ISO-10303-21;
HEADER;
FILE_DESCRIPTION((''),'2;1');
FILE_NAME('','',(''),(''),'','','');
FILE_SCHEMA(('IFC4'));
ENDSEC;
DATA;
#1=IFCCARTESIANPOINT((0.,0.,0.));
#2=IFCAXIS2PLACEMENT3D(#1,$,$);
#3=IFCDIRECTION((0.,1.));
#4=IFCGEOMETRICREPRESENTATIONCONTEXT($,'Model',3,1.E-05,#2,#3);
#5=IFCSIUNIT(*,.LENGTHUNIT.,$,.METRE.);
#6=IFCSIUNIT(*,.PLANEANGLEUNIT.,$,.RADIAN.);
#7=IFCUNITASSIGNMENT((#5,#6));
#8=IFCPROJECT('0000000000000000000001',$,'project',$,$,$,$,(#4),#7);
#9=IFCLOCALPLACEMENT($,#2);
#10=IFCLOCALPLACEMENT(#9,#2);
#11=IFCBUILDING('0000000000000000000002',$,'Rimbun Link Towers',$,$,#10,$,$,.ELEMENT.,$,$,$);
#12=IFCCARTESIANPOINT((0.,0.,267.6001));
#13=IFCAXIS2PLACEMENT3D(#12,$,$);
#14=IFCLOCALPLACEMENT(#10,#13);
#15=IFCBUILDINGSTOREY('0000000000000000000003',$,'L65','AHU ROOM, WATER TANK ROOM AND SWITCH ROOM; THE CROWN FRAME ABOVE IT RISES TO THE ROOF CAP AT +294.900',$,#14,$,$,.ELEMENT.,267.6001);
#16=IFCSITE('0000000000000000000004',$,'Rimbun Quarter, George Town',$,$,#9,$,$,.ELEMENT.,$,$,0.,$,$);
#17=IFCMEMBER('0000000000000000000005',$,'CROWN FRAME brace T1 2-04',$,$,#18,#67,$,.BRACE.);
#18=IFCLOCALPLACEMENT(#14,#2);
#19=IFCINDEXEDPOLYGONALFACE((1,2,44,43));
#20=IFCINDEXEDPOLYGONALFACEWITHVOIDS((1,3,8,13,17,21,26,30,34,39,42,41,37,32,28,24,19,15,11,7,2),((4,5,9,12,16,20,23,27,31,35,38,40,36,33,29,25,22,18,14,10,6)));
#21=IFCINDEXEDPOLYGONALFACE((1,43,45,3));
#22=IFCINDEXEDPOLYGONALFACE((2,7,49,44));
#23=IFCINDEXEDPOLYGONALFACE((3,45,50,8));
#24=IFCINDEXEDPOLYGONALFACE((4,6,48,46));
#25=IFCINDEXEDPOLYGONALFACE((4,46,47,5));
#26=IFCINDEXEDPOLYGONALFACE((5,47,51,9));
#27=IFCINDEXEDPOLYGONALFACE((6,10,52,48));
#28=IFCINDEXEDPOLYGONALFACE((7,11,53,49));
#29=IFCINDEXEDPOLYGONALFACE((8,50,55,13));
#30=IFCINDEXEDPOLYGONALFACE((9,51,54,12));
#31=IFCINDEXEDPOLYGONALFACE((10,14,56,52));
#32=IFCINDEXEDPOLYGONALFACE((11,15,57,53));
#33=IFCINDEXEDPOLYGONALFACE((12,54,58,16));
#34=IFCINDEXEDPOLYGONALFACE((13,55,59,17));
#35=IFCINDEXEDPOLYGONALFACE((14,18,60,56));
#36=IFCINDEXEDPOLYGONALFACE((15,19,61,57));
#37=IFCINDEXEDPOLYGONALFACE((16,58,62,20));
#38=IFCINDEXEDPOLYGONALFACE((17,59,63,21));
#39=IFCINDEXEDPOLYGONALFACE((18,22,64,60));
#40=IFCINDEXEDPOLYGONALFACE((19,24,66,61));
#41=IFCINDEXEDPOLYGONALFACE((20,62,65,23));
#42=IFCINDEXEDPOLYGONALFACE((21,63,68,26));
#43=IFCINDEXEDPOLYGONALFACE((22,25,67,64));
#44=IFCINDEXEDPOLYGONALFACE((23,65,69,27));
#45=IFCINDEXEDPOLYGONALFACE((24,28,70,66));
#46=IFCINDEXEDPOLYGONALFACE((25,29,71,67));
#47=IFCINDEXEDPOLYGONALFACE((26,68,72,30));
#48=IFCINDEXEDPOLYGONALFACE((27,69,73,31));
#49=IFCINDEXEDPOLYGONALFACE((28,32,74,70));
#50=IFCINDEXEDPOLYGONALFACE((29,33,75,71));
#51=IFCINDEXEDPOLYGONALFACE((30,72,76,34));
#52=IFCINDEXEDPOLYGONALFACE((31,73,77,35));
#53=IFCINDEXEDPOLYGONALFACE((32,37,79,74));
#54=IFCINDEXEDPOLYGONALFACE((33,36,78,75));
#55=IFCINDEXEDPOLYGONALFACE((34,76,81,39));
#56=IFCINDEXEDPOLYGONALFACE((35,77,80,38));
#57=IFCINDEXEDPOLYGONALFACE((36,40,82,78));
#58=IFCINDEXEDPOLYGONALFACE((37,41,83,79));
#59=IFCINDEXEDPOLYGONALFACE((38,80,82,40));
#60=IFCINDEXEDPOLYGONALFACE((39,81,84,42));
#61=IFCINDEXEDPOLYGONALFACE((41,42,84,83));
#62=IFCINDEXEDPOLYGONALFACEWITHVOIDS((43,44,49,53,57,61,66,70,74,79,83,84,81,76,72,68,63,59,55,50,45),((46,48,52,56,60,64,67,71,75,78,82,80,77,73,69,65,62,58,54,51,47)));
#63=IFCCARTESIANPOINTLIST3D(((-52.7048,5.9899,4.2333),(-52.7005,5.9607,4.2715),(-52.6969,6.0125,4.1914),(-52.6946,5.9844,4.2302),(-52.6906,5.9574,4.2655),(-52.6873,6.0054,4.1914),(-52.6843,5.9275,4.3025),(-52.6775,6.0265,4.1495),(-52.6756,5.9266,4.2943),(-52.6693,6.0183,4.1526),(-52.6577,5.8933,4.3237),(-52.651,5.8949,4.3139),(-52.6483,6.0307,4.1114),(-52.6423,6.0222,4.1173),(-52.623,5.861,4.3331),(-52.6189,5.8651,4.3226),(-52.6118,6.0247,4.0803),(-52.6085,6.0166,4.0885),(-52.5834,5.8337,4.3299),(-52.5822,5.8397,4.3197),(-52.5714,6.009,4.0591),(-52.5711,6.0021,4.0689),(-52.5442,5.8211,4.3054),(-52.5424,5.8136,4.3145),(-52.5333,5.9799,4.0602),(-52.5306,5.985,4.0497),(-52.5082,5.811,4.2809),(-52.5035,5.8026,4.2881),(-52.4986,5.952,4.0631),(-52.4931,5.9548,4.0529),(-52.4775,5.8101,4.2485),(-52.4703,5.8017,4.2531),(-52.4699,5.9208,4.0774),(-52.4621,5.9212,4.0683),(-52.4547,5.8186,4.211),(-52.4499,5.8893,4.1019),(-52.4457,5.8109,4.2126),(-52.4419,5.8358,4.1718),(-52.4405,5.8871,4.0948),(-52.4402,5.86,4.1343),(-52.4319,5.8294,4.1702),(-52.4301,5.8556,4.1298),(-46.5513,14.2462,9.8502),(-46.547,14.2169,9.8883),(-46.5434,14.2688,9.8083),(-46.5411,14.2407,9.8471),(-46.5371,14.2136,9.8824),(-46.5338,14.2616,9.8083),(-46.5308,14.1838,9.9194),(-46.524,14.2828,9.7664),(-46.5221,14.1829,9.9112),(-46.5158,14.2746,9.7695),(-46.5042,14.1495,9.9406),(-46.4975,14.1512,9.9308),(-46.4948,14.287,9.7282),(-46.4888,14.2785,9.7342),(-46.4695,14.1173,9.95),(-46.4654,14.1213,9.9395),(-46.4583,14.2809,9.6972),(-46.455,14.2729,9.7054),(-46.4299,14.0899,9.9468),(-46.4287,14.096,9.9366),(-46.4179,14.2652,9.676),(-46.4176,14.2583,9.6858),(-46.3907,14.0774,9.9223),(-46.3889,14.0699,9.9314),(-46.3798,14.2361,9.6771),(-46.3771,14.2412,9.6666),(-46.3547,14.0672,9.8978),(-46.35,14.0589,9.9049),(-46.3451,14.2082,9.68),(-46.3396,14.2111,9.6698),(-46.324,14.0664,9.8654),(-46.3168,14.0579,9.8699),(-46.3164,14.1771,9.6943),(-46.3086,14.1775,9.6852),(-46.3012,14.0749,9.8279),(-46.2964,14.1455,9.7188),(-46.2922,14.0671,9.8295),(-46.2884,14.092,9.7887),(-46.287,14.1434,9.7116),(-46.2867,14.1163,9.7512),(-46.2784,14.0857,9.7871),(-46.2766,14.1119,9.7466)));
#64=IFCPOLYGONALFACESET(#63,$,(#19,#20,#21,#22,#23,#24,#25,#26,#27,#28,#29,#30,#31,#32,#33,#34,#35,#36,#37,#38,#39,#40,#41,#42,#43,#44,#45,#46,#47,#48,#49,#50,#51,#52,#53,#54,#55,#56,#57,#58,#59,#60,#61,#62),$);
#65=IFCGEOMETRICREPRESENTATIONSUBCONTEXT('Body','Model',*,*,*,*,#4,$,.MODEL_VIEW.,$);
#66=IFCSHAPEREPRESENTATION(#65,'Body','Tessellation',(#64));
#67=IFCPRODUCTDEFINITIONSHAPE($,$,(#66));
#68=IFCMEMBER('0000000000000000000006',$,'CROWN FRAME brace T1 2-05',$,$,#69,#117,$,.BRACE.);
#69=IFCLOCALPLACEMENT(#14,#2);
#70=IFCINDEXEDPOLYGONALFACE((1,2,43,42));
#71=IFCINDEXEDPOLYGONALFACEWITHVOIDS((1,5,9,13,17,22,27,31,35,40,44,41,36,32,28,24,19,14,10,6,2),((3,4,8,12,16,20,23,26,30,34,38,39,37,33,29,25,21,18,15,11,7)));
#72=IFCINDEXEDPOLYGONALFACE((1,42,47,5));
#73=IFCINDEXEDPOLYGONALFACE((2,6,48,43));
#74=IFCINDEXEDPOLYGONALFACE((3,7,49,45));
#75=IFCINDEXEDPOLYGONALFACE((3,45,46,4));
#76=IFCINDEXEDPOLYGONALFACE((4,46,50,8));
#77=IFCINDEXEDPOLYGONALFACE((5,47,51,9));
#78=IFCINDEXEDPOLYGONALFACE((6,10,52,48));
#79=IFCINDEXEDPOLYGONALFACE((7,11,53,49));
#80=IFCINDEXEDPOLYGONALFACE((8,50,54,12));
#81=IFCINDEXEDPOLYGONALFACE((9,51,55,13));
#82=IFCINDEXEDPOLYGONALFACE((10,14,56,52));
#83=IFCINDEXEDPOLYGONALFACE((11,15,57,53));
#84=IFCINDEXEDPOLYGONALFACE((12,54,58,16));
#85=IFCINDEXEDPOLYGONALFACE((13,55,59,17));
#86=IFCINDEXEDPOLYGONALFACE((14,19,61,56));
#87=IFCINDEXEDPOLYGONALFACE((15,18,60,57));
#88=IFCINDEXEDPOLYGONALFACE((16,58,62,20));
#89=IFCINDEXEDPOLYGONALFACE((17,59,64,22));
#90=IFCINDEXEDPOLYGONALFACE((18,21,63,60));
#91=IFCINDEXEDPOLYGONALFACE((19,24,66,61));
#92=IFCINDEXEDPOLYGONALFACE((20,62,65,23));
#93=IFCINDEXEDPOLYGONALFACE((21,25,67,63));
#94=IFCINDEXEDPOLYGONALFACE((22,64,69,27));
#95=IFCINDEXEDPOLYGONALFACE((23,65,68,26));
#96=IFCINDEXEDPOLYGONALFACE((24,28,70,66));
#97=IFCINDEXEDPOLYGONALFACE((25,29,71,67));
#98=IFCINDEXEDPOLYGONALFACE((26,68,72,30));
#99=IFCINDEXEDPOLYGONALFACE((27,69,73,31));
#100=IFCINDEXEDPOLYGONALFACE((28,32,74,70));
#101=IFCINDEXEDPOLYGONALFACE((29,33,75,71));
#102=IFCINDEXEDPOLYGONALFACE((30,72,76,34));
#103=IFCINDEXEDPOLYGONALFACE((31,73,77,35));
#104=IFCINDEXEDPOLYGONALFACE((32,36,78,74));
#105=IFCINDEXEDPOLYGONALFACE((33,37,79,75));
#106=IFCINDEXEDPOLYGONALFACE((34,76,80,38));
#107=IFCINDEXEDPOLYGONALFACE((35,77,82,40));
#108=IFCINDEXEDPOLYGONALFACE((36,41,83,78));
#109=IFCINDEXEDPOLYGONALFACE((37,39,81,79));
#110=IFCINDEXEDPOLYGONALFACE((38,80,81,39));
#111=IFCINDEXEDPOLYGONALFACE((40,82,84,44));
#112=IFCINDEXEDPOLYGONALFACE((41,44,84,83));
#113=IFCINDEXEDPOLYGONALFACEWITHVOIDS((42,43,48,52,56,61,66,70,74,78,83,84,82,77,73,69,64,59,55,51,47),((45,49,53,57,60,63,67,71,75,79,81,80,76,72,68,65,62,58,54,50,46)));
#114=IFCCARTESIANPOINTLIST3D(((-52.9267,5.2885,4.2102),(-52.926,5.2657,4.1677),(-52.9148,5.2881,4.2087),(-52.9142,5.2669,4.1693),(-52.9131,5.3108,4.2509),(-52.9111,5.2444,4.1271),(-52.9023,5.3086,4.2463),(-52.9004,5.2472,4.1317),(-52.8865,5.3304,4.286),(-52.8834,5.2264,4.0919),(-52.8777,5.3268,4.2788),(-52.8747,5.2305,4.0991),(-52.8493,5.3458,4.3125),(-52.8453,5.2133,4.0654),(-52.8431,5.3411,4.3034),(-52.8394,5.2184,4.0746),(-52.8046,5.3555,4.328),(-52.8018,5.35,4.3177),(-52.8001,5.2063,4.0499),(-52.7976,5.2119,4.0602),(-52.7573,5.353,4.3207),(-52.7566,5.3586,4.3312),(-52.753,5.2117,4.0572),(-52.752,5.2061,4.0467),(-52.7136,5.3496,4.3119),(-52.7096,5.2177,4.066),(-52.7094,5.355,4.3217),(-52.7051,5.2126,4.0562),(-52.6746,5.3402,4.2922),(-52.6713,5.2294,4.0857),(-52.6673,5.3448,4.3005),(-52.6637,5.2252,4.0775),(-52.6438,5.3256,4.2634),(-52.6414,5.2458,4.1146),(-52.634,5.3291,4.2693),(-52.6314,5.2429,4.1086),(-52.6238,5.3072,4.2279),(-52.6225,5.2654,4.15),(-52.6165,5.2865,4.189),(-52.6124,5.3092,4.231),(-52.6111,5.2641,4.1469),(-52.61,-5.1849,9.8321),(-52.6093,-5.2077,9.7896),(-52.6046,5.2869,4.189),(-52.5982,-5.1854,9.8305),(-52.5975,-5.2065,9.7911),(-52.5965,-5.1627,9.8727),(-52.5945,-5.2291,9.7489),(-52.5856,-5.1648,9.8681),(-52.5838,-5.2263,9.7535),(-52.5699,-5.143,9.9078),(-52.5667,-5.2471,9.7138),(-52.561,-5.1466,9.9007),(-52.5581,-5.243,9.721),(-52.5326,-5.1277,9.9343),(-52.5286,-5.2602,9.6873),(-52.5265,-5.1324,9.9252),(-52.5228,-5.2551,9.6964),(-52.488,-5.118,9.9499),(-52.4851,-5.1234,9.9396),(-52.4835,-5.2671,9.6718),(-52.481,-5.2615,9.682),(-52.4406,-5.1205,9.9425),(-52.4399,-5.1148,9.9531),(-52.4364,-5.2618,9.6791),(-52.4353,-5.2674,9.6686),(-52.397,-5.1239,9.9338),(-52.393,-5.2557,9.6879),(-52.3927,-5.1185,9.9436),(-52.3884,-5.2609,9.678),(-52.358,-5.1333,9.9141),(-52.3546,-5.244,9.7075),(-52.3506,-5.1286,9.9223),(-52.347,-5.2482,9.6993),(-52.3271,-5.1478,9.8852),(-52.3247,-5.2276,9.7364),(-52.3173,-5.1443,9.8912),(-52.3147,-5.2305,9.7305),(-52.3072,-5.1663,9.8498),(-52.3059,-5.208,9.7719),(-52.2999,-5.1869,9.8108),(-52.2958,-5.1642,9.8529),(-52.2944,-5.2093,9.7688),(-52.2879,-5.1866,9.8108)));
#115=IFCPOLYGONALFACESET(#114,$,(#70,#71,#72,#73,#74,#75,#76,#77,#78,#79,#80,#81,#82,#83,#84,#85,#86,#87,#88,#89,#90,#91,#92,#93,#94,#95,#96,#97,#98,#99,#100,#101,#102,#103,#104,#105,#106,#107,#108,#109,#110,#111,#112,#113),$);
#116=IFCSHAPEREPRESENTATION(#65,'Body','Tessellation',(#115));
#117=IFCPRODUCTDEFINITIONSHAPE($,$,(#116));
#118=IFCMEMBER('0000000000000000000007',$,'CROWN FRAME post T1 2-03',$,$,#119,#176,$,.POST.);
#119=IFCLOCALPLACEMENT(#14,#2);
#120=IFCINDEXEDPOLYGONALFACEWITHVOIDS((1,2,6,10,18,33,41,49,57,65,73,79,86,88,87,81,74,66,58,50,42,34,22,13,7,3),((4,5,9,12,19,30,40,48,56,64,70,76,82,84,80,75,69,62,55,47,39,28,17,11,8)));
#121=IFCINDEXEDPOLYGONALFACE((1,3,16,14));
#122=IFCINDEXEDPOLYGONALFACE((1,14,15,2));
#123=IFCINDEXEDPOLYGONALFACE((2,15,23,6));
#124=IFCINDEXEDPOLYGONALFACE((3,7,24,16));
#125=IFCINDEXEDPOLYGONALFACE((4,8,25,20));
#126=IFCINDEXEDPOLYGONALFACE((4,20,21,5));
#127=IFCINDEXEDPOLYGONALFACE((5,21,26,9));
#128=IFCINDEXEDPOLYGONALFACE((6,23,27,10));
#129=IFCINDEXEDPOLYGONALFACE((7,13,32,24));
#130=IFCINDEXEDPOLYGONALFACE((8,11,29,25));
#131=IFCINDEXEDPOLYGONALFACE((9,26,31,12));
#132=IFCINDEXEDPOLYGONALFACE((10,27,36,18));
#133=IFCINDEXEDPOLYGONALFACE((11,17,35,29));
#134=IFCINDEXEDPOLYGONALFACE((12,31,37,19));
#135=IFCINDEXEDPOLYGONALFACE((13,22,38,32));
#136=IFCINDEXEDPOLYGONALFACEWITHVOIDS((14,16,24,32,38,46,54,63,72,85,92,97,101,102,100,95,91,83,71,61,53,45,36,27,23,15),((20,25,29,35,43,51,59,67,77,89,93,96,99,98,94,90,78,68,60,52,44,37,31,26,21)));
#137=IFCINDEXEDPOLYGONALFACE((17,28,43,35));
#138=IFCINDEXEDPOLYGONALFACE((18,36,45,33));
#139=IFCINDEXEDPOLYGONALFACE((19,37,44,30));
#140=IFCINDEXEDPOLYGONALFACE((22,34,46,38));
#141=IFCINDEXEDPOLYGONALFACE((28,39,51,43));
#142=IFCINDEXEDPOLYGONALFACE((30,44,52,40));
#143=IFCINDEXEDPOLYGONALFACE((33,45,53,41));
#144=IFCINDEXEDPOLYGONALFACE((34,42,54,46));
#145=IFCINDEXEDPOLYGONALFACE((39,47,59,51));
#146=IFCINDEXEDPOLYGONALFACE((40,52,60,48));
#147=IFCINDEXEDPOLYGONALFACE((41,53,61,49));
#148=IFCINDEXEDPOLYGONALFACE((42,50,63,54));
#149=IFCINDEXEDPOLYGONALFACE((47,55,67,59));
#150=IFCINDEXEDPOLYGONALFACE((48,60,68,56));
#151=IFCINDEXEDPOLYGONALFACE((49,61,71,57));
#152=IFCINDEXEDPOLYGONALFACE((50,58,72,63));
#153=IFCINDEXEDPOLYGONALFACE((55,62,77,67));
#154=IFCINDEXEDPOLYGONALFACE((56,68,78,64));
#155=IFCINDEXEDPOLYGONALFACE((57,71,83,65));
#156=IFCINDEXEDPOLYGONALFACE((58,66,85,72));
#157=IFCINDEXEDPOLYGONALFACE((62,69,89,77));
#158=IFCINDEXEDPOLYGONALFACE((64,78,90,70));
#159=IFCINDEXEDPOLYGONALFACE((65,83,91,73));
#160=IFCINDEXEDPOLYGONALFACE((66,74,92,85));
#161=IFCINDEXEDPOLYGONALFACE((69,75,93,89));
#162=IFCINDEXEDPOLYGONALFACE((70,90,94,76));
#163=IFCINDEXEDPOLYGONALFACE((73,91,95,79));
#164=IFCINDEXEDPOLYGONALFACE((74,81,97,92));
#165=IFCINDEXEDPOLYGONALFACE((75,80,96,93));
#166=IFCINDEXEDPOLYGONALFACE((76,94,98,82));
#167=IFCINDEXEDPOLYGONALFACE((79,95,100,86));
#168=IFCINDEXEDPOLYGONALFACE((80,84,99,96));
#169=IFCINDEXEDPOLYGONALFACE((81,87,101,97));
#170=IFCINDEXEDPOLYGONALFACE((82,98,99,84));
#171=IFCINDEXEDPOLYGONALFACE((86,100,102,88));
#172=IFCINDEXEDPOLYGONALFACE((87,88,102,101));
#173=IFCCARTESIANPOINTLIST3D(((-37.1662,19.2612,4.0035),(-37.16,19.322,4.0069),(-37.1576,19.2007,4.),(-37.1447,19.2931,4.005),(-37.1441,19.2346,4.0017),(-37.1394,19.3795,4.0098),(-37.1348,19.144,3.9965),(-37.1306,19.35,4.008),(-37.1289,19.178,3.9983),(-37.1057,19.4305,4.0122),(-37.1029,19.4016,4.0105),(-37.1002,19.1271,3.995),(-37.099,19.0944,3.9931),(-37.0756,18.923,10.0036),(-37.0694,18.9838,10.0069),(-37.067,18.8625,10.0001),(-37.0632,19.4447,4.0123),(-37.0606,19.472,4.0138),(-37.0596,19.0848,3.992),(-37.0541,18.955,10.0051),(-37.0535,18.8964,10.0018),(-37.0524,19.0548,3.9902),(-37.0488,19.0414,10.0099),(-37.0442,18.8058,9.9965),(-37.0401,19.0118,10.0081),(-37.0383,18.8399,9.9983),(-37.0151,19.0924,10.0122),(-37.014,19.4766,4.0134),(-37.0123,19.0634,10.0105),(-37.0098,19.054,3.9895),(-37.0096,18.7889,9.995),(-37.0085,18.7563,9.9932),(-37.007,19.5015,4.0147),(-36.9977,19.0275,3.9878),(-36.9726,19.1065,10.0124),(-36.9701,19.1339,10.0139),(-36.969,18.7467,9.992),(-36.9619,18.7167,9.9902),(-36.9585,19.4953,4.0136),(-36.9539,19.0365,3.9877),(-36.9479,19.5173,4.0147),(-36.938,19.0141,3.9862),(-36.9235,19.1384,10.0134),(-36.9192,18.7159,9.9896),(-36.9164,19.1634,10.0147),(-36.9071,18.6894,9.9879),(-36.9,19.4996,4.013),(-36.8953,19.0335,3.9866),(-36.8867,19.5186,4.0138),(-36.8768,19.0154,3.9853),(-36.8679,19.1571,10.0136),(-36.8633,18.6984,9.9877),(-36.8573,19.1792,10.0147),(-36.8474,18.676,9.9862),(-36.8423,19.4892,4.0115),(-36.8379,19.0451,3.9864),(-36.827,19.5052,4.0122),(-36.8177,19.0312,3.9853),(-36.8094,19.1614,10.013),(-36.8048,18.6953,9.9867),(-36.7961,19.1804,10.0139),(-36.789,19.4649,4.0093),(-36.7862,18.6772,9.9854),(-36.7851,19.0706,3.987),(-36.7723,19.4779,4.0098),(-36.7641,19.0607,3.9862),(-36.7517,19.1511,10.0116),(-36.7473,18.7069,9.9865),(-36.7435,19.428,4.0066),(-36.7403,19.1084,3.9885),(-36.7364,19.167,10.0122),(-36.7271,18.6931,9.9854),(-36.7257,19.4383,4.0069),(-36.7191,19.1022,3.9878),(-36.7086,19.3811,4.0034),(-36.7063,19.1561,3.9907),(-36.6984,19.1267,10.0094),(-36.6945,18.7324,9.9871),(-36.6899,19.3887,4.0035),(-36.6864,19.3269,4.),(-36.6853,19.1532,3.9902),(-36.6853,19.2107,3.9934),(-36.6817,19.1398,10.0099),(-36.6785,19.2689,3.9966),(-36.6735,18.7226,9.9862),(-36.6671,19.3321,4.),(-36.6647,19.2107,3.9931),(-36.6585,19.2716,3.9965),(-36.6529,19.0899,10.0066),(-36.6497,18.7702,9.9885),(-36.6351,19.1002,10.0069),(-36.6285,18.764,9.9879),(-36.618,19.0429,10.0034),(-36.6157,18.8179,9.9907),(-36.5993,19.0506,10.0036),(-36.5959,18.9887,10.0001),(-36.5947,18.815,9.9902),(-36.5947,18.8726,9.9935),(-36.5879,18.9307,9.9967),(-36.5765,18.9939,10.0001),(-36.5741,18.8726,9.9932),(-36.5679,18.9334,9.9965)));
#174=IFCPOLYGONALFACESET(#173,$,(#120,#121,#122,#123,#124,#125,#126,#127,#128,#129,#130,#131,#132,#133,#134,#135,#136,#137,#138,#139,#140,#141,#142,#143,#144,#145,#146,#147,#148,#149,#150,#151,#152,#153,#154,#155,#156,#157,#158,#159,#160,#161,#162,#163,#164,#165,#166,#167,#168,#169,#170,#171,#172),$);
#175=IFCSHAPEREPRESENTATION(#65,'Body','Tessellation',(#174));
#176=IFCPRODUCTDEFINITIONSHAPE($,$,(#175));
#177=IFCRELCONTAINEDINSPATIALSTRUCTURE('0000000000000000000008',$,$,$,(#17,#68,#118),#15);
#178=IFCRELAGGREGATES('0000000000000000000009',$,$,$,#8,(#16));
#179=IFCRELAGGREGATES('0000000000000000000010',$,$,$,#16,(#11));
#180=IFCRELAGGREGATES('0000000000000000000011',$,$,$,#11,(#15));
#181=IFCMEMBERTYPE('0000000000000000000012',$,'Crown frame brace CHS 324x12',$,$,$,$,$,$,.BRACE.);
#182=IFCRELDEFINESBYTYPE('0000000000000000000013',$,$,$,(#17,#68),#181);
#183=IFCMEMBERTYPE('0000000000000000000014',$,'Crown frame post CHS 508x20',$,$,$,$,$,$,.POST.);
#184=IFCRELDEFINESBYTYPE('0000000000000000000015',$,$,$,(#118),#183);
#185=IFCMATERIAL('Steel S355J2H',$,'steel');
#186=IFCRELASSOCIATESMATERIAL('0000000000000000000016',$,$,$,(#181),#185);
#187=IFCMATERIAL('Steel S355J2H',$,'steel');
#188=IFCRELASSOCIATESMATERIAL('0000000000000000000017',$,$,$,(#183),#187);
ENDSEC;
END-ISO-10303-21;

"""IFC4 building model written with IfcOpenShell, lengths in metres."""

from ifc_helpers import new_model, si_unit, direction, frame, origin, origin_2d, place, context, subcontext, project, spatial, hollow_circle, extrude, material, material_profile, profile_set, type_object, element, save


model = new_model("IFC4")

# Units and contexts
model_context = context("Model", 3, precision=1e-05, world=origin(), true_north=direction((0.0, 1.0)))
body_context = subcontext(model_context, "Body", "Model", "MODEL_VIEW")
ifc_project = project(units=[si_unit("LENGTHUNIT", "METRE"), si_unit("PLANEANGLEUNIT", "RADIAN")], contexts=[model_context])

# Site, building, storey
site_placement = place(None, origin())
site = spatial("IfcSite", under=ifc_project, at=site_placement, Name="Rimbun Quarter, George Town", CompositionType="ELEMENT", RefElevation=0.0)
building_placement = place(site_placement, origin())
building = spatial("IfcBuilding", under=site, at=building_placement, Name="Rimbun Link Towers", CompositionType="ELEMENT")
storey_placement = place(building_placement, frame((0.0, 0.0, 267.6001)))
storey = spatial("IfcBuildingStorey", under=building, at=storey_placement, Name="L65", Description="AHU ROOM, WATER TANK ROOM AND SWITCH ROOM; THE CROWN FRAME ABOVE IT RISES TO THE ROOF CAP AT +294.900", CompositionType="ELEMENT", Elevation=267.6001)

# Members
ifc_material_1 = material(Name="Steel S355J2H", Category="steel")
ifc_material_profile_1 = material_profile(ifc_material_1, hollow_circle(Radius=0.1619, WallThickness=0.012, at=origin_2d()), Name="Crown frame brace CHS 324x12")
ifc_profile_set_1 = profile_set([ifc_material_profile_1], Name="Steel S355J2H")
member_type_1 = type_object("IfcMemberType", Name="Crown frame brace CHS 324x12", PredefinedType="BRACE", material=ifc_profile_set_1)
member_1_placement = place(storey_placement, frame((-52.5671, 5.9158, 4.1914), z_axis=(0.524618, 0.70389, 0.478869), x_axis=(-0.8018, 0.597592, 0.0)))
element("IfcMember", 1, at=member_1_placement, inside=storey, type_object=member_type_1, Name="CROWN FRAME brace T1 2-04", PredefinedType="BRACE", context=body_context, shape_type="SweptSolid", body=[
    extrude(hollow_circle(Radius=0.1619, WallThickness=0.012, at=origin_2d()), origin(), (0.0, 0.0, 1.0), 11.7295),
])
member_2_placement = place(storey_placement, frame((-52.7664, 5.282, 4.189), z_axis=(0.026629, -0.880779, 0.472778), x_axis=(0.999543, 0.03022, 0.0)))
element("IfcMember", 2, at=member_2_placement, inside=storey, type_object=member_type_1, Name="CROWN FRAME brace T1 2-05", PredefinedType="BRACE", context=body_context, shape_type="SweptSolid", body=[
    extrude(hollow_circle(Radius=0.1619, WallThickness=0.012, at=origin_2d()), origin(), (0.0, 0.0, 1.0), 11.8911),
])
ifc_material_2 = material(Name="Steel S355J2H", Category="steel")
ifc_material_profile_2 = material_profile(ifc_material_2, hollow_circle(Radius=0.2539, WallThickness=0.02, at=origin_2d()), Name="Crown frame post CHS 508x20")
ifc_profile_set_2 = profile_set([ifc_material_profile_2], Name="Steel S355J2H")
member_type_2 = type_object("IfcMemberType", Name="Crown frame post CHS 508x20", PredefinedType="POST", material=ifc_profile_set_2)
for number, where, z_axis, x_axis, name in (
    (3, (-36.9124, 19.2664, 4.0), (0.01507, -0.05626, 0.998302), (0.965945, 0.258748, 0.0), "CROWN FRAME post T1 2-03"),
):
    element("IfcMember", number, at=place(storey_placement, frame(where, z_axis=z_axis, x_axis=x_axis)), inside=storey, type_object=member_type_2, Name=name, PredefinedType="POST", context=body_context, shape_type="SweptSolid", body=[
        extrude(hollow_circle(Radius=0.2539, WallThickness=0.02, at=origin_2d()), origin(), (0.0, 0.0, 1.0), 6.0103),
    ])

save(model, "model.ifc")
